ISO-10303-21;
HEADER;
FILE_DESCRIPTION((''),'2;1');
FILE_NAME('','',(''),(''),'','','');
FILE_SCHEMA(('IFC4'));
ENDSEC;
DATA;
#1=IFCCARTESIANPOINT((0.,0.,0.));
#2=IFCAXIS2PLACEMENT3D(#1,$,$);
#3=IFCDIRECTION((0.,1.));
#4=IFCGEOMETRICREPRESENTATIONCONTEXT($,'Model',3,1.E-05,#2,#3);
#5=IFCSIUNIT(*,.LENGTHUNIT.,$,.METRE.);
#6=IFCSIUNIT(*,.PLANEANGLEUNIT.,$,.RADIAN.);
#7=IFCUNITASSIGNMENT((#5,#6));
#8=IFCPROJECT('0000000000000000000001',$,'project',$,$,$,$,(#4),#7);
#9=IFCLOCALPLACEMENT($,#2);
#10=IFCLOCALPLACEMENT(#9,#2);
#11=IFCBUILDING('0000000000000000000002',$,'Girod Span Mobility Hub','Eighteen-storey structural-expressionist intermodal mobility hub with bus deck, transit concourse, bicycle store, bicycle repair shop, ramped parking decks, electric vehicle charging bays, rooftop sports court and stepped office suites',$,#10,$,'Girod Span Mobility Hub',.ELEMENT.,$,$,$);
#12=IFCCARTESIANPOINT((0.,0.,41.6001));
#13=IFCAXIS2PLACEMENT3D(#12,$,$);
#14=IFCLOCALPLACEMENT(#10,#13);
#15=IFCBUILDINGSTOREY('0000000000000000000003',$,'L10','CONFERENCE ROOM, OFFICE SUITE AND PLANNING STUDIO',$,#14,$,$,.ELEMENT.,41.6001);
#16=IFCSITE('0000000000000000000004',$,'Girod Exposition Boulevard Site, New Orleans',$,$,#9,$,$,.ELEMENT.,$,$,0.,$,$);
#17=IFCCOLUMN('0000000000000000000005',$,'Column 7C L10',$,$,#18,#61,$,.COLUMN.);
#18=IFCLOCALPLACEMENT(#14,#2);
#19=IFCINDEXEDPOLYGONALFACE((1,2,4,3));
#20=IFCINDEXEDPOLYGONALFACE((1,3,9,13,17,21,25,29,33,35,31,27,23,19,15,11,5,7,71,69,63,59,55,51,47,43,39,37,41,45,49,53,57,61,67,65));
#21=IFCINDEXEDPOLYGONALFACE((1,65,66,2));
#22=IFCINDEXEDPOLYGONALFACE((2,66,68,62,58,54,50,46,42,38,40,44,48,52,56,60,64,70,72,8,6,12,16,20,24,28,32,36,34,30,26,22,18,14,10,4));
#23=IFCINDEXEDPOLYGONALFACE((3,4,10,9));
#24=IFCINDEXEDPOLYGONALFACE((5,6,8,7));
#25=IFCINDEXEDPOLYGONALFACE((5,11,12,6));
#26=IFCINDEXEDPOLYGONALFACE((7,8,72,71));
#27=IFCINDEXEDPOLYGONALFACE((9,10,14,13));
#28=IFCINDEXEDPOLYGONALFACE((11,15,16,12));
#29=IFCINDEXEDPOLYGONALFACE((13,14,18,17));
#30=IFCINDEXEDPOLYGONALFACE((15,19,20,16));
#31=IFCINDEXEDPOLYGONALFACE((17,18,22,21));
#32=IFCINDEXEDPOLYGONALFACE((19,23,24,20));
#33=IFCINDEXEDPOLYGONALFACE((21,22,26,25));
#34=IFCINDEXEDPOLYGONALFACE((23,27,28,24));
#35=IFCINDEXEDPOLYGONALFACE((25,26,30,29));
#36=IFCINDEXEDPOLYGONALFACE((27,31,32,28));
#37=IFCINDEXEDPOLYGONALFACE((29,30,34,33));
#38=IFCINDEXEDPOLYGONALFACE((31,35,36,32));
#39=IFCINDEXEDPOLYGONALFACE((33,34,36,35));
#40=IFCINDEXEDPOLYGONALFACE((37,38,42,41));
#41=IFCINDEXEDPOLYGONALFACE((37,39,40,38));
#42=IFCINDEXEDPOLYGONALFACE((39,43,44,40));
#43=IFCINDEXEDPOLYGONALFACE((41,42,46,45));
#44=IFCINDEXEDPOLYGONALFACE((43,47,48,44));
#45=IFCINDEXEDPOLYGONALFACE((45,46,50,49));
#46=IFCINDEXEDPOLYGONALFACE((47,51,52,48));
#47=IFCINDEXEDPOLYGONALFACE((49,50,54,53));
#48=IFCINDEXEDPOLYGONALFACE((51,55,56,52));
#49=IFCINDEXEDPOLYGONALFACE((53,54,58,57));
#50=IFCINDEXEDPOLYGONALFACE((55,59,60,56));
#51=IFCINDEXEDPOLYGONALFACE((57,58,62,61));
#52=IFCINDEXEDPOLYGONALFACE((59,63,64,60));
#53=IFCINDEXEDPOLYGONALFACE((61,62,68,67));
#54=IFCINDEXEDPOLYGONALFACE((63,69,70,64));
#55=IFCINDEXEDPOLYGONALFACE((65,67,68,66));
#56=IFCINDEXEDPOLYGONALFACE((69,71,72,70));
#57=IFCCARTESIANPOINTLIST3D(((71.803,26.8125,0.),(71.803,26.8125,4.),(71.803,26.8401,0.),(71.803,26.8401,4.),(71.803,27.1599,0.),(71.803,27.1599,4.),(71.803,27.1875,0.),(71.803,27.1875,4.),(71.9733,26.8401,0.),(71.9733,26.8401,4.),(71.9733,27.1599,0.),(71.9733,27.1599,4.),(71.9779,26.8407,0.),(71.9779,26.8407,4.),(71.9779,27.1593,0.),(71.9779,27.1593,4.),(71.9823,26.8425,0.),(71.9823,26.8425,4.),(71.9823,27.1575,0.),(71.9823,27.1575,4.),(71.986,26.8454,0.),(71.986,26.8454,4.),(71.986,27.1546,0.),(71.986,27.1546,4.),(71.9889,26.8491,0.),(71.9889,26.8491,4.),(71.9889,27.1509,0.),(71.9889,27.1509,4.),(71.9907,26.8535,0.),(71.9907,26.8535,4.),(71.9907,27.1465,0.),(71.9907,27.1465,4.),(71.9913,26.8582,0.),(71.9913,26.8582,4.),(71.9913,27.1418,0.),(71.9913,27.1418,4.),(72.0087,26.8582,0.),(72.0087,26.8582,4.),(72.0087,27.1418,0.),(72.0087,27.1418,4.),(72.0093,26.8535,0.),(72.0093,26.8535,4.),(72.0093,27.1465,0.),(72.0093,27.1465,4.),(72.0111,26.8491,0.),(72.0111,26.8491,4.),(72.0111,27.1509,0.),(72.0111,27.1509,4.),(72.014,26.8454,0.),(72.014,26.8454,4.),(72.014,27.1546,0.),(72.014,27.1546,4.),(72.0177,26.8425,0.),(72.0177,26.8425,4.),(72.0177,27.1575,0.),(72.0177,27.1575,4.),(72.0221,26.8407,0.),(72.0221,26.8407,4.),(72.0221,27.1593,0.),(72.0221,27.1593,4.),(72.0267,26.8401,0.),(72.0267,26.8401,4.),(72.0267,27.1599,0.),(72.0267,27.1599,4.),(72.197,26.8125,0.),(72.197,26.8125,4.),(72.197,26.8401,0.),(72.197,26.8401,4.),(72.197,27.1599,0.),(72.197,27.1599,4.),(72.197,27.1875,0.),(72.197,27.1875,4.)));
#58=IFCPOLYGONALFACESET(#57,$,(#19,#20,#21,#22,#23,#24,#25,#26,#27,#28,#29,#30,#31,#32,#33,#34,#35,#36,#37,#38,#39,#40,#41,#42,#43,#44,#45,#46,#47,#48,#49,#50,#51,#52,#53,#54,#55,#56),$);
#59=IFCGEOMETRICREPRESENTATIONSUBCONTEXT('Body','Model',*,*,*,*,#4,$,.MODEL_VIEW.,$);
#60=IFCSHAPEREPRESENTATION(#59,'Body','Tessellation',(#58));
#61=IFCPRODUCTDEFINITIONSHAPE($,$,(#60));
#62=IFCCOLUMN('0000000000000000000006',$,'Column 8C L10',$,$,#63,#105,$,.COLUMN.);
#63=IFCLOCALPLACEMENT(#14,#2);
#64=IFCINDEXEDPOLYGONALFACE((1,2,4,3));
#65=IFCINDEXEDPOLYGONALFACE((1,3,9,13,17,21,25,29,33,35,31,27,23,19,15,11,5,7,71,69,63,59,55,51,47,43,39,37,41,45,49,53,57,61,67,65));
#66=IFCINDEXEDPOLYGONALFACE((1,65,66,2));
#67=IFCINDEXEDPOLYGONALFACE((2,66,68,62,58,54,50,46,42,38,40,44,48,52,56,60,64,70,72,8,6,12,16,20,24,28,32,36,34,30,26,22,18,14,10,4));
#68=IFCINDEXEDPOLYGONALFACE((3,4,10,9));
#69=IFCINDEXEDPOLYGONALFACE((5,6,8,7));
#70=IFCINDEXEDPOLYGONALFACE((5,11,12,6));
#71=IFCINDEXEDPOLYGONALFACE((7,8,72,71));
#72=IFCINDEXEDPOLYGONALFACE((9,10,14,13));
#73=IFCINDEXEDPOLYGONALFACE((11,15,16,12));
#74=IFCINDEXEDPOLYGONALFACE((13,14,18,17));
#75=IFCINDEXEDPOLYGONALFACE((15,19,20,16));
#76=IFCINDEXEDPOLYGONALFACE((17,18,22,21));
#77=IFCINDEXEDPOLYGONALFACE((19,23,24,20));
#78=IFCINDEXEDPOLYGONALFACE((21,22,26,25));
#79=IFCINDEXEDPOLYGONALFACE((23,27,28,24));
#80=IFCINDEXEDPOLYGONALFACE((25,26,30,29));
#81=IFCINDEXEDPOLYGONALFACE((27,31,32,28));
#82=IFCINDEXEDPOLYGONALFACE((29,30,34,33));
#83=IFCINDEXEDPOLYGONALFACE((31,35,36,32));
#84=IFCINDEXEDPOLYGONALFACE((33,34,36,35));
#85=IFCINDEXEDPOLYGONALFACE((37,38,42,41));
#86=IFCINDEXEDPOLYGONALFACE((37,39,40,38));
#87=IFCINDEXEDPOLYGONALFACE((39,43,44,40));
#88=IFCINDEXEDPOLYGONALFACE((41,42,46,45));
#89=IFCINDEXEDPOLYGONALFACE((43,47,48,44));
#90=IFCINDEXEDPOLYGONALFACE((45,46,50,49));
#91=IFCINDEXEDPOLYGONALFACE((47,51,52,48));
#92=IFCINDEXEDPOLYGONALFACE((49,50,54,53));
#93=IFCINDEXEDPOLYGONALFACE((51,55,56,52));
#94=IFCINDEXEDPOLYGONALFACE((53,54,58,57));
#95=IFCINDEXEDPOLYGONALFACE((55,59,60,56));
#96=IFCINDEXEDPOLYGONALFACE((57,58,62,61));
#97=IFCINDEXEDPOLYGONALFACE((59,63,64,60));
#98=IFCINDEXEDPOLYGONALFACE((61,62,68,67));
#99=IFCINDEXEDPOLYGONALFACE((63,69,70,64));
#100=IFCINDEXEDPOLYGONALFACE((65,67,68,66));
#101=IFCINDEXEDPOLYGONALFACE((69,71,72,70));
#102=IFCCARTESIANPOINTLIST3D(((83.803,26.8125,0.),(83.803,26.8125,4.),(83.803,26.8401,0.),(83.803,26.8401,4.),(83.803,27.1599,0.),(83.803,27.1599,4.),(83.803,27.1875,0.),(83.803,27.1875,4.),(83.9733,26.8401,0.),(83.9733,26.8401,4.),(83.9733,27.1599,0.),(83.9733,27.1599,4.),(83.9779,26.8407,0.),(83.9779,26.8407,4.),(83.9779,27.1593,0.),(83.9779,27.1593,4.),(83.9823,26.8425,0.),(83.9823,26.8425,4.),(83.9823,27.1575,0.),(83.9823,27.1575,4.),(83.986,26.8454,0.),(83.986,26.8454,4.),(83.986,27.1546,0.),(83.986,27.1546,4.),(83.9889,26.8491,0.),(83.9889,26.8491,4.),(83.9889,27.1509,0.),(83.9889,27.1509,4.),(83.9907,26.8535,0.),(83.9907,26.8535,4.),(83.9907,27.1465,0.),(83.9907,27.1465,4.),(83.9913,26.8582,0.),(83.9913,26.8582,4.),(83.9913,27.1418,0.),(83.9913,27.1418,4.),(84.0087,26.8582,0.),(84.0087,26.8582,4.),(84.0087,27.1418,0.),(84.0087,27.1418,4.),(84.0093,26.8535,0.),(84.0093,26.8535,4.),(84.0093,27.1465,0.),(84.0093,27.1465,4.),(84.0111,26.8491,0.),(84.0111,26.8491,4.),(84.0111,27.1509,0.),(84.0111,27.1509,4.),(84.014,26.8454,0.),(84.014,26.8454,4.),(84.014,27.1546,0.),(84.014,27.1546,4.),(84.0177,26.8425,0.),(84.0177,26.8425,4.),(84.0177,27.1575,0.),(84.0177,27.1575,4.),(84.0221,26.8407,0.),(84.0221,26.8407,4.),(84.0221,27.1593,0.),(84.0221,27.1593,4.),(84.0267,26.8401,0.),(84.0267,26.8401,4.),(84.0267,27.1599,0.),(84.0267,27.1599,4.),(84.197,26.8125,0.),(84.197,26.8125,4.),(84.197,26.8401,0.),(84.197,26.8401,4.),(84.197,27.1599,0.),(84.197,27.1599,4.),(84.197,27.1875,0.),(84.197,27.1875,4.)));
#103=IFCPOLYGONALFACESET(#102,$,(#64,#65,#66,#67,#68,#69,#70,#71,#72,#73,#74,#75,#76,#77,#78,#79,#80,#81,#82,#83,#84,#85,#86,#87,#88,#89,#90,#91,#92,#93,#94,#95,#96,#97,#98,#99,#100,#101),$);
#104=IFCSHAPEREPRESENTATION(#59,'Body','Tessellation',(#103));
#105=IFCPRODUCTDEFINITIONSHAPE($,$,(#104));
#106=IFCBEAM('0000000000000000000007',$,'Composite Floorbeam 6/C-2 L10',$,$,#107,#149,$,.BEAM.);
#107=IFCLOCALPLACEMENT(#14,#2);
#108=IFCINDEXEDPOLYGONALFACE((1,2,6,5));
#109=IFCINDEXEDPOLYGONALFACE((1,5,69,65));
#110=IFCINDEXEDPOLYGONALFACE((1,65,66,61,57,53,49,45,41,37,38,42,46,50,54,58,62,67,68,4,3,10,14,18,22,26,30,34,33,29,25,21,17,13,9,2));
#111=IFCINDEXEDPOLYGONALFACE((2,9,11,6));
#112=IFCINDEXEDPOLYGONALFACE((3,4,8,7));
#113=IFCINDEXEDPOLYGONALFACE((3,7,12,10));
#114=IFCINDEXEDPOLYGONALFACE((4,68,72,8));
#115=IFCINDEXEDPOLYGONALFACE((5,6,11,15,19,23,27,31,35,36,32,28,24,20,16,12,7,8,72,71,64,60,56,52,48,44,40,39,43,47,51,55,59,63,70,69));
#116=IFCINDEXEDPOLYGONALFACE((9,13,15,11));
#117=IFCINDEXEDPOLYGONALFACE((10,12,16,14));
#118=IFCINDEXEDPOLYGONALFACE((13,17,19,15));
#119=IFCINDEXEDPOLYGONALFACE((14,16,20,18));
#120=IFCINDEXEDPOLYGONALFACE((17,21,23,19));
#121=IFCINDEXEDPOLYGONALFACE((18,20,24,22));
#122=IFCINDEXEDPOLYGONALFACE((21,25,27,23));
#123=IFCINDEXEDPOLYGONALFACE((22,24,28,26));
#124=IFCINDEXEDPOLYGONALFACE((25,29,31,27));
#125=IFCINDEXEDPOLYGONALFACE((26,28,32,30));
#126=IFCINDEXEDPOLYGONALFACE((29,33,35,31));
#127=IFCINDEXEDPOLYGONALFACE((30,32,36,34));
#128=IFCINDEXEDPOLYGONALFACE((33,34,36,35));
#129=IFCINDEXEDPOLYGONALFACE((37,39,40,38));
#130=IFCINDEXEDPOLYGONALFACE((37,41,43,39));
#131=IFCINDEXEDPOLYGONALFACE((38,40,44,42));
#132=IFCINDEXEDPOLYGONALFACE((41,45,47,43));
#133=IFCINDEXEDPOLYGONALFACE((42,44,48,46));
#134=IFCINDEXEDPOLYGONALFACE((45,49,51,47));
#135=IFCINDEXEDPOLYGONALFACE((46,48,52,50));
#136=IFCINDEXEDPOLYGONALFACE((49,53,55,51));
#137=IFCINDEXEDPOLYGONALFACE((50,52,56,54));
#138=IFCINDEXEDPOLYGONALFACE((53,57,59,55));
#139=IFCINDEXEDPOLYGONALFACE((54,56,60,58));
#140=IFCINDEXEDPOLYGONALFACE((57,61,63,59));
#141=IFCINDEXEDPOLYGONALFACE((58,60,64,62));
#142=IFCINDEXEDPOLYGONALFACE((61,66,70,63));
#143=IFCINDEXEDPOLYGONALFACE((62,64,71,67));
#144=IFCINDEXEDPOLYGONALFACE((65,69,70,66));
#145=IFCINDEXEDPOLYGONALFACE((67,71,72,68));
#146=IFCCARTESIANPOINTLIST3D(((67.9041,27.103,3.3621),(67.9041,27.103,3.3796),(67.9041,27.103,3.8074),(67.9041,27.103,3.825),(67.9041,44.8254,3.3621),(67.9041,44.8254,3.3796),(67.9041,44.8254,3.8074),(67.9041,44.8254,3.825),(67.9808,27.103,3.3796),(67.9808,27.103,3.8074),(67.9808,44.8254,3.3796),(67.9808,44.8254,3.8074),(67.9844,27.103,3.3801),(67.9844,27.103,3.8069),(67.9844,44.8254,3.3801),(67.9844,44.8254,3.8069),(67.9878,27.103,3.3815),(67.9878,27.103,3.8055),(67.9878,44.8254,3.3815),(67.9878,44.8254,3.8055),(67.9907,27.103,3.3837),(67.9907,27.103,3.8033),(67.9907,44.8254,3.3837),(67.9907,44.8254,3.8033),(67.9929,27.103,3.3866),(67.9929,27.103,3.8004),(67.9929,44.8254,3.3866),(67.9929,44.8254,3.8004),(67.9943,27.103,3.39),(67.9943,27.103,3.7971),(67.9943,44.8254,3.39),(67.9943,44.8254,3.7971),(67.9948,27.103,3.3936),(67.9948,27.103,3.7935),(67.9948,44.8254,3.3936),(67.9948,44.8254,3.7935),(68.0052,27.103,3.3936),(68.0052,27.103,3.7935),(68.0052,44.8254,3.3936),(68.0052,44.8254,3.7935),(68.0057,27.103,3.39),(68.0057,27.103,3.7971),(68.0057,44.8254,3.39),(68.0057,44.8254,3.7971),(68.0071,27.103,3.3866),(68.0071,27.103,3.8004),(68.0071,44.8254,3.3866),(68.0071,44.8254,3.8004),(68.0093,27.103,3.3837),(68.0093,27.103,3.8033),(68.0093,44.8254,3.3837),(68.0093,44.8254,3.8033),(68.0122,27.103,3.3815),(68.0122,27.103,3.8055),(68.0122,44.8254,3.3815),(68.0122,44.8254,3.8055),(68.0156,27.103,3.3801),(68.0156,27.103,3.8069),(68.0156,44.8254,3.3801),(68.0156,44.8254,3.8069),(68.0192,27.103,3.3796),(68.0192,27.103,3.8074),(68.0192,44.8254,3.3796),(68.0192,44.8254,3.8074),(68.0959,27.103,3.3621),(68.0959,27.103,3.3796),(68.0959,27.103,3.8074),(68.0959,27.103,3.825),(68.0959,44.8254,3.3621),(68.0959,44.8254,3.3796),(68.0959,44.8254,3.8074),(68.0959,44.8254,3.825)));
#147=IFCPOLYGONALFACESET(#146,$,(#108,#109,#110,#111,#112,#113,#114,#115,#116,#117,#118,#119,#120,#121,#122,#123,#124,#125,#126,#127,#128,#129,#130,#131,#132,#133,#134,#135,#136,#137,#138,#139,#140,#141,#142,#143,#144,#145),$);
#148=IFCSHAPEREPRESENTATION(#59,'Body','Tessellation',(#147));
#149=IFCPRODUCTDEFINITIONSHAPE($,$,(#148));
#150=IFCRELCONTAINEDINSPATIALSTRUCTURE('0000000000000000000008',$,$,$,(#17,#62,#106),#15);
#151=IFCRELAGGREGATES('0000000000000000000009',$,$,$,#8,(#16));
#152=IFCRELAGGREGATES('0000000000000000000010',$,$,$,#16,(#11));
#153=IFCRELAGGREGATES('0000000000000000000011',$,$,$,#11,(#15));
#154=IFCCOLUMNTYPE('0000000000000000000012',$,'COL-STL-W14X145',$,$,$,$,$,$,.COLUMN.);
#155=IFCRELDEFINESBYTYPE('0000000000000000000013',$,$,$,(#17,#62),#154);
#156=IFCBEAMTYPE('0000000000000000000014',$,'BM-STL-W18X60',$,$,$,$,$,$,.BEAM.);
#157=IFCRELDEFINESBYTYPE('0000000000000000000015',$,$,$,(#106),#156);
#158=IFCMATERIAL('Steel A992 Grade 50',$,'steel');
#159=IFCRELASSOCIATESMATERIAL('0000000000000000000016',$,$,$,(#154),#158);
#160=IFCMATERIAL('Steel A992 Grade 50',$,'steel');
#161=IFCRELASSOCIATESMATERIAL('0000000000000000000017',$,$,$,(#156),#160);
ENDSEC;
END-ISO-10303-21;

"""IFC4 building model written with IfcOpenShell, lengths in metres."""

from ifc_helpers import new_model, si_unit, direction, frame, origin, origin_2d, place, context, subcontext, project, spatial, i_section, extrude, material, material_profile, profile_set, type_object, element, save


model = new_model("IFC4")

# Units and contexts
model_context = context("Model", 3, precision=1e-05, world=origin(), true_north=direction((0.0, 1.0)))
body_context = subcontext(model_context, "Body", "Model", "MODEL_VIEW")
ifc_project = project(units=[si_unit("LENGTHUNIT", "METRE"), si_unit("PLANEANGLEUNIT", "RADIAN")], contexts=[model_context])

# Site, building, storey
site_placement = place(None, origin())
site = spatial("IfcSite", under=ifc_project, at=site_placement, Name="Girod Exposition Boulevard Site, New Orleans", CompositionType="ELEMENT", RefElevation=0.0)
building_placement = place(site_placement, origin())
building = spatial("IfcBuilding", under=site, at=building_placement, Name="Girod Span Mobility Hub", Description="Eighteen-storey structural-expressionist intermodal mobility hub with bus deck, transit concourse, bicycle store, bicycle repair shop, ramped parking decks, electric vehicle charging bays, rooftop sports court and stepped office suites", LongName="Girod Span Mobility Hub", CompositionType="ELEMENT")
storey_placement = place(building_placement, frame((0.0, 0.0, 41.6001)))
storey = spatial("IfcBuildingStorey", under=building, at=storey_placement, Name="L10", Description="CONFERENCE ROOM, OFFICE SUITE AND PLANNING STUDIO", CompositionType="ELEMENT", Elevation=41.6001)

# Columns
ifc_material_1 = material(Name="Steel A992 Grade 50", Category="steel")
ifc_material_profile_1 = material_profile(ifc_material_1, i_section(OverallWidth=0.394, OverallDepth=0.375, WebThickness=0.0173, FlangeThickness=0.0276, FilletRadius=0.0181, at=origin_2d()), Name="W14X145")
ifc_profile_set_1 = profile_set([ifc_material_profile_1], Name="Steel A992 Grade 50")
column_type = type_object("IfcColumnType", Name="COL-STL-W14X145", PredefinedType="COLUMN", material=ifc_profile_set_1)
for number, where, z_axis, x_axis, name in (
    (1, (72.0, 27.0, 0.0), (0.0, 0.0, 1.0), (1.0, 0.0, 0.0), "Column 7C L10"),
    (2, (84.0, 27.0, 0.0), (0.0, 0.0, 1.0), (1.0, 0.0, 0.0), "Column 8C L10"),
):
    element("IfcColumn", number, at=place(storey_placement, frame(where, z_axis=z_axis, x_axis=x_axis)), inside=storey, type_object=column_type, Name=name, PredefinedType="COLUMN", context=body_context, shape_type="SweptSolid", body=[
        extrude(i_section(OverallWidth=0.394, OverallDepth=0.375, WebThickness=0.0173, FlangeThickness=0.0276, FilletRadius=0.0181, at=origin_2d()), origin(), (0.0, 0.0, 1.0), 4.0),
    ])

# Beam
ifc_material_2 = material(Name="Steel A992 Grade 50", Category="steel")
ifc_material_profile_2 = material_profile(ifc_material_2, i_section(OverallWidth=0.1919, OverallDepth=0.4629, WebThickness=0.0105, FlangeThickness=0.0176, FilletRadius=0.0139, at=origin_2d()), Name="W18X60")
ifc_profile_set_2 = profile_set([ifc_material_profile_2], Name="Steel A992 Grade 50")
beam_type = type_object("IfcBeamType", Name="BM-STL-W18X60", PredefinedType="BEAM", material=ifc_profile_set_2)
beam_placement = place(storey_placement, frame((68.0, 27.103, 3.5935), z_axis=(0.0, 1.0, 0.0), x_axis=(-1.0, 0.0, 0.0)))
element("IfcBeam", 3, at=beam_placement, inside=storey, type_object=beam_type, Name="Composite Floorbeam 6/C-2 L10", PredefinedType="BEAM", context=body_context, shape_type="SweptSolid", body=[
    extrude(i_section(OverallWidth=0.1919, OverallDepth=0.4629, WebThickness=0.0105, FlangeThickness=0.0176, FilletRadius=0.0139, at=origin_2d()), origin(), (0.0, 0.0, 1.0), 17.7224),
])

save(model, "model.ifc")
